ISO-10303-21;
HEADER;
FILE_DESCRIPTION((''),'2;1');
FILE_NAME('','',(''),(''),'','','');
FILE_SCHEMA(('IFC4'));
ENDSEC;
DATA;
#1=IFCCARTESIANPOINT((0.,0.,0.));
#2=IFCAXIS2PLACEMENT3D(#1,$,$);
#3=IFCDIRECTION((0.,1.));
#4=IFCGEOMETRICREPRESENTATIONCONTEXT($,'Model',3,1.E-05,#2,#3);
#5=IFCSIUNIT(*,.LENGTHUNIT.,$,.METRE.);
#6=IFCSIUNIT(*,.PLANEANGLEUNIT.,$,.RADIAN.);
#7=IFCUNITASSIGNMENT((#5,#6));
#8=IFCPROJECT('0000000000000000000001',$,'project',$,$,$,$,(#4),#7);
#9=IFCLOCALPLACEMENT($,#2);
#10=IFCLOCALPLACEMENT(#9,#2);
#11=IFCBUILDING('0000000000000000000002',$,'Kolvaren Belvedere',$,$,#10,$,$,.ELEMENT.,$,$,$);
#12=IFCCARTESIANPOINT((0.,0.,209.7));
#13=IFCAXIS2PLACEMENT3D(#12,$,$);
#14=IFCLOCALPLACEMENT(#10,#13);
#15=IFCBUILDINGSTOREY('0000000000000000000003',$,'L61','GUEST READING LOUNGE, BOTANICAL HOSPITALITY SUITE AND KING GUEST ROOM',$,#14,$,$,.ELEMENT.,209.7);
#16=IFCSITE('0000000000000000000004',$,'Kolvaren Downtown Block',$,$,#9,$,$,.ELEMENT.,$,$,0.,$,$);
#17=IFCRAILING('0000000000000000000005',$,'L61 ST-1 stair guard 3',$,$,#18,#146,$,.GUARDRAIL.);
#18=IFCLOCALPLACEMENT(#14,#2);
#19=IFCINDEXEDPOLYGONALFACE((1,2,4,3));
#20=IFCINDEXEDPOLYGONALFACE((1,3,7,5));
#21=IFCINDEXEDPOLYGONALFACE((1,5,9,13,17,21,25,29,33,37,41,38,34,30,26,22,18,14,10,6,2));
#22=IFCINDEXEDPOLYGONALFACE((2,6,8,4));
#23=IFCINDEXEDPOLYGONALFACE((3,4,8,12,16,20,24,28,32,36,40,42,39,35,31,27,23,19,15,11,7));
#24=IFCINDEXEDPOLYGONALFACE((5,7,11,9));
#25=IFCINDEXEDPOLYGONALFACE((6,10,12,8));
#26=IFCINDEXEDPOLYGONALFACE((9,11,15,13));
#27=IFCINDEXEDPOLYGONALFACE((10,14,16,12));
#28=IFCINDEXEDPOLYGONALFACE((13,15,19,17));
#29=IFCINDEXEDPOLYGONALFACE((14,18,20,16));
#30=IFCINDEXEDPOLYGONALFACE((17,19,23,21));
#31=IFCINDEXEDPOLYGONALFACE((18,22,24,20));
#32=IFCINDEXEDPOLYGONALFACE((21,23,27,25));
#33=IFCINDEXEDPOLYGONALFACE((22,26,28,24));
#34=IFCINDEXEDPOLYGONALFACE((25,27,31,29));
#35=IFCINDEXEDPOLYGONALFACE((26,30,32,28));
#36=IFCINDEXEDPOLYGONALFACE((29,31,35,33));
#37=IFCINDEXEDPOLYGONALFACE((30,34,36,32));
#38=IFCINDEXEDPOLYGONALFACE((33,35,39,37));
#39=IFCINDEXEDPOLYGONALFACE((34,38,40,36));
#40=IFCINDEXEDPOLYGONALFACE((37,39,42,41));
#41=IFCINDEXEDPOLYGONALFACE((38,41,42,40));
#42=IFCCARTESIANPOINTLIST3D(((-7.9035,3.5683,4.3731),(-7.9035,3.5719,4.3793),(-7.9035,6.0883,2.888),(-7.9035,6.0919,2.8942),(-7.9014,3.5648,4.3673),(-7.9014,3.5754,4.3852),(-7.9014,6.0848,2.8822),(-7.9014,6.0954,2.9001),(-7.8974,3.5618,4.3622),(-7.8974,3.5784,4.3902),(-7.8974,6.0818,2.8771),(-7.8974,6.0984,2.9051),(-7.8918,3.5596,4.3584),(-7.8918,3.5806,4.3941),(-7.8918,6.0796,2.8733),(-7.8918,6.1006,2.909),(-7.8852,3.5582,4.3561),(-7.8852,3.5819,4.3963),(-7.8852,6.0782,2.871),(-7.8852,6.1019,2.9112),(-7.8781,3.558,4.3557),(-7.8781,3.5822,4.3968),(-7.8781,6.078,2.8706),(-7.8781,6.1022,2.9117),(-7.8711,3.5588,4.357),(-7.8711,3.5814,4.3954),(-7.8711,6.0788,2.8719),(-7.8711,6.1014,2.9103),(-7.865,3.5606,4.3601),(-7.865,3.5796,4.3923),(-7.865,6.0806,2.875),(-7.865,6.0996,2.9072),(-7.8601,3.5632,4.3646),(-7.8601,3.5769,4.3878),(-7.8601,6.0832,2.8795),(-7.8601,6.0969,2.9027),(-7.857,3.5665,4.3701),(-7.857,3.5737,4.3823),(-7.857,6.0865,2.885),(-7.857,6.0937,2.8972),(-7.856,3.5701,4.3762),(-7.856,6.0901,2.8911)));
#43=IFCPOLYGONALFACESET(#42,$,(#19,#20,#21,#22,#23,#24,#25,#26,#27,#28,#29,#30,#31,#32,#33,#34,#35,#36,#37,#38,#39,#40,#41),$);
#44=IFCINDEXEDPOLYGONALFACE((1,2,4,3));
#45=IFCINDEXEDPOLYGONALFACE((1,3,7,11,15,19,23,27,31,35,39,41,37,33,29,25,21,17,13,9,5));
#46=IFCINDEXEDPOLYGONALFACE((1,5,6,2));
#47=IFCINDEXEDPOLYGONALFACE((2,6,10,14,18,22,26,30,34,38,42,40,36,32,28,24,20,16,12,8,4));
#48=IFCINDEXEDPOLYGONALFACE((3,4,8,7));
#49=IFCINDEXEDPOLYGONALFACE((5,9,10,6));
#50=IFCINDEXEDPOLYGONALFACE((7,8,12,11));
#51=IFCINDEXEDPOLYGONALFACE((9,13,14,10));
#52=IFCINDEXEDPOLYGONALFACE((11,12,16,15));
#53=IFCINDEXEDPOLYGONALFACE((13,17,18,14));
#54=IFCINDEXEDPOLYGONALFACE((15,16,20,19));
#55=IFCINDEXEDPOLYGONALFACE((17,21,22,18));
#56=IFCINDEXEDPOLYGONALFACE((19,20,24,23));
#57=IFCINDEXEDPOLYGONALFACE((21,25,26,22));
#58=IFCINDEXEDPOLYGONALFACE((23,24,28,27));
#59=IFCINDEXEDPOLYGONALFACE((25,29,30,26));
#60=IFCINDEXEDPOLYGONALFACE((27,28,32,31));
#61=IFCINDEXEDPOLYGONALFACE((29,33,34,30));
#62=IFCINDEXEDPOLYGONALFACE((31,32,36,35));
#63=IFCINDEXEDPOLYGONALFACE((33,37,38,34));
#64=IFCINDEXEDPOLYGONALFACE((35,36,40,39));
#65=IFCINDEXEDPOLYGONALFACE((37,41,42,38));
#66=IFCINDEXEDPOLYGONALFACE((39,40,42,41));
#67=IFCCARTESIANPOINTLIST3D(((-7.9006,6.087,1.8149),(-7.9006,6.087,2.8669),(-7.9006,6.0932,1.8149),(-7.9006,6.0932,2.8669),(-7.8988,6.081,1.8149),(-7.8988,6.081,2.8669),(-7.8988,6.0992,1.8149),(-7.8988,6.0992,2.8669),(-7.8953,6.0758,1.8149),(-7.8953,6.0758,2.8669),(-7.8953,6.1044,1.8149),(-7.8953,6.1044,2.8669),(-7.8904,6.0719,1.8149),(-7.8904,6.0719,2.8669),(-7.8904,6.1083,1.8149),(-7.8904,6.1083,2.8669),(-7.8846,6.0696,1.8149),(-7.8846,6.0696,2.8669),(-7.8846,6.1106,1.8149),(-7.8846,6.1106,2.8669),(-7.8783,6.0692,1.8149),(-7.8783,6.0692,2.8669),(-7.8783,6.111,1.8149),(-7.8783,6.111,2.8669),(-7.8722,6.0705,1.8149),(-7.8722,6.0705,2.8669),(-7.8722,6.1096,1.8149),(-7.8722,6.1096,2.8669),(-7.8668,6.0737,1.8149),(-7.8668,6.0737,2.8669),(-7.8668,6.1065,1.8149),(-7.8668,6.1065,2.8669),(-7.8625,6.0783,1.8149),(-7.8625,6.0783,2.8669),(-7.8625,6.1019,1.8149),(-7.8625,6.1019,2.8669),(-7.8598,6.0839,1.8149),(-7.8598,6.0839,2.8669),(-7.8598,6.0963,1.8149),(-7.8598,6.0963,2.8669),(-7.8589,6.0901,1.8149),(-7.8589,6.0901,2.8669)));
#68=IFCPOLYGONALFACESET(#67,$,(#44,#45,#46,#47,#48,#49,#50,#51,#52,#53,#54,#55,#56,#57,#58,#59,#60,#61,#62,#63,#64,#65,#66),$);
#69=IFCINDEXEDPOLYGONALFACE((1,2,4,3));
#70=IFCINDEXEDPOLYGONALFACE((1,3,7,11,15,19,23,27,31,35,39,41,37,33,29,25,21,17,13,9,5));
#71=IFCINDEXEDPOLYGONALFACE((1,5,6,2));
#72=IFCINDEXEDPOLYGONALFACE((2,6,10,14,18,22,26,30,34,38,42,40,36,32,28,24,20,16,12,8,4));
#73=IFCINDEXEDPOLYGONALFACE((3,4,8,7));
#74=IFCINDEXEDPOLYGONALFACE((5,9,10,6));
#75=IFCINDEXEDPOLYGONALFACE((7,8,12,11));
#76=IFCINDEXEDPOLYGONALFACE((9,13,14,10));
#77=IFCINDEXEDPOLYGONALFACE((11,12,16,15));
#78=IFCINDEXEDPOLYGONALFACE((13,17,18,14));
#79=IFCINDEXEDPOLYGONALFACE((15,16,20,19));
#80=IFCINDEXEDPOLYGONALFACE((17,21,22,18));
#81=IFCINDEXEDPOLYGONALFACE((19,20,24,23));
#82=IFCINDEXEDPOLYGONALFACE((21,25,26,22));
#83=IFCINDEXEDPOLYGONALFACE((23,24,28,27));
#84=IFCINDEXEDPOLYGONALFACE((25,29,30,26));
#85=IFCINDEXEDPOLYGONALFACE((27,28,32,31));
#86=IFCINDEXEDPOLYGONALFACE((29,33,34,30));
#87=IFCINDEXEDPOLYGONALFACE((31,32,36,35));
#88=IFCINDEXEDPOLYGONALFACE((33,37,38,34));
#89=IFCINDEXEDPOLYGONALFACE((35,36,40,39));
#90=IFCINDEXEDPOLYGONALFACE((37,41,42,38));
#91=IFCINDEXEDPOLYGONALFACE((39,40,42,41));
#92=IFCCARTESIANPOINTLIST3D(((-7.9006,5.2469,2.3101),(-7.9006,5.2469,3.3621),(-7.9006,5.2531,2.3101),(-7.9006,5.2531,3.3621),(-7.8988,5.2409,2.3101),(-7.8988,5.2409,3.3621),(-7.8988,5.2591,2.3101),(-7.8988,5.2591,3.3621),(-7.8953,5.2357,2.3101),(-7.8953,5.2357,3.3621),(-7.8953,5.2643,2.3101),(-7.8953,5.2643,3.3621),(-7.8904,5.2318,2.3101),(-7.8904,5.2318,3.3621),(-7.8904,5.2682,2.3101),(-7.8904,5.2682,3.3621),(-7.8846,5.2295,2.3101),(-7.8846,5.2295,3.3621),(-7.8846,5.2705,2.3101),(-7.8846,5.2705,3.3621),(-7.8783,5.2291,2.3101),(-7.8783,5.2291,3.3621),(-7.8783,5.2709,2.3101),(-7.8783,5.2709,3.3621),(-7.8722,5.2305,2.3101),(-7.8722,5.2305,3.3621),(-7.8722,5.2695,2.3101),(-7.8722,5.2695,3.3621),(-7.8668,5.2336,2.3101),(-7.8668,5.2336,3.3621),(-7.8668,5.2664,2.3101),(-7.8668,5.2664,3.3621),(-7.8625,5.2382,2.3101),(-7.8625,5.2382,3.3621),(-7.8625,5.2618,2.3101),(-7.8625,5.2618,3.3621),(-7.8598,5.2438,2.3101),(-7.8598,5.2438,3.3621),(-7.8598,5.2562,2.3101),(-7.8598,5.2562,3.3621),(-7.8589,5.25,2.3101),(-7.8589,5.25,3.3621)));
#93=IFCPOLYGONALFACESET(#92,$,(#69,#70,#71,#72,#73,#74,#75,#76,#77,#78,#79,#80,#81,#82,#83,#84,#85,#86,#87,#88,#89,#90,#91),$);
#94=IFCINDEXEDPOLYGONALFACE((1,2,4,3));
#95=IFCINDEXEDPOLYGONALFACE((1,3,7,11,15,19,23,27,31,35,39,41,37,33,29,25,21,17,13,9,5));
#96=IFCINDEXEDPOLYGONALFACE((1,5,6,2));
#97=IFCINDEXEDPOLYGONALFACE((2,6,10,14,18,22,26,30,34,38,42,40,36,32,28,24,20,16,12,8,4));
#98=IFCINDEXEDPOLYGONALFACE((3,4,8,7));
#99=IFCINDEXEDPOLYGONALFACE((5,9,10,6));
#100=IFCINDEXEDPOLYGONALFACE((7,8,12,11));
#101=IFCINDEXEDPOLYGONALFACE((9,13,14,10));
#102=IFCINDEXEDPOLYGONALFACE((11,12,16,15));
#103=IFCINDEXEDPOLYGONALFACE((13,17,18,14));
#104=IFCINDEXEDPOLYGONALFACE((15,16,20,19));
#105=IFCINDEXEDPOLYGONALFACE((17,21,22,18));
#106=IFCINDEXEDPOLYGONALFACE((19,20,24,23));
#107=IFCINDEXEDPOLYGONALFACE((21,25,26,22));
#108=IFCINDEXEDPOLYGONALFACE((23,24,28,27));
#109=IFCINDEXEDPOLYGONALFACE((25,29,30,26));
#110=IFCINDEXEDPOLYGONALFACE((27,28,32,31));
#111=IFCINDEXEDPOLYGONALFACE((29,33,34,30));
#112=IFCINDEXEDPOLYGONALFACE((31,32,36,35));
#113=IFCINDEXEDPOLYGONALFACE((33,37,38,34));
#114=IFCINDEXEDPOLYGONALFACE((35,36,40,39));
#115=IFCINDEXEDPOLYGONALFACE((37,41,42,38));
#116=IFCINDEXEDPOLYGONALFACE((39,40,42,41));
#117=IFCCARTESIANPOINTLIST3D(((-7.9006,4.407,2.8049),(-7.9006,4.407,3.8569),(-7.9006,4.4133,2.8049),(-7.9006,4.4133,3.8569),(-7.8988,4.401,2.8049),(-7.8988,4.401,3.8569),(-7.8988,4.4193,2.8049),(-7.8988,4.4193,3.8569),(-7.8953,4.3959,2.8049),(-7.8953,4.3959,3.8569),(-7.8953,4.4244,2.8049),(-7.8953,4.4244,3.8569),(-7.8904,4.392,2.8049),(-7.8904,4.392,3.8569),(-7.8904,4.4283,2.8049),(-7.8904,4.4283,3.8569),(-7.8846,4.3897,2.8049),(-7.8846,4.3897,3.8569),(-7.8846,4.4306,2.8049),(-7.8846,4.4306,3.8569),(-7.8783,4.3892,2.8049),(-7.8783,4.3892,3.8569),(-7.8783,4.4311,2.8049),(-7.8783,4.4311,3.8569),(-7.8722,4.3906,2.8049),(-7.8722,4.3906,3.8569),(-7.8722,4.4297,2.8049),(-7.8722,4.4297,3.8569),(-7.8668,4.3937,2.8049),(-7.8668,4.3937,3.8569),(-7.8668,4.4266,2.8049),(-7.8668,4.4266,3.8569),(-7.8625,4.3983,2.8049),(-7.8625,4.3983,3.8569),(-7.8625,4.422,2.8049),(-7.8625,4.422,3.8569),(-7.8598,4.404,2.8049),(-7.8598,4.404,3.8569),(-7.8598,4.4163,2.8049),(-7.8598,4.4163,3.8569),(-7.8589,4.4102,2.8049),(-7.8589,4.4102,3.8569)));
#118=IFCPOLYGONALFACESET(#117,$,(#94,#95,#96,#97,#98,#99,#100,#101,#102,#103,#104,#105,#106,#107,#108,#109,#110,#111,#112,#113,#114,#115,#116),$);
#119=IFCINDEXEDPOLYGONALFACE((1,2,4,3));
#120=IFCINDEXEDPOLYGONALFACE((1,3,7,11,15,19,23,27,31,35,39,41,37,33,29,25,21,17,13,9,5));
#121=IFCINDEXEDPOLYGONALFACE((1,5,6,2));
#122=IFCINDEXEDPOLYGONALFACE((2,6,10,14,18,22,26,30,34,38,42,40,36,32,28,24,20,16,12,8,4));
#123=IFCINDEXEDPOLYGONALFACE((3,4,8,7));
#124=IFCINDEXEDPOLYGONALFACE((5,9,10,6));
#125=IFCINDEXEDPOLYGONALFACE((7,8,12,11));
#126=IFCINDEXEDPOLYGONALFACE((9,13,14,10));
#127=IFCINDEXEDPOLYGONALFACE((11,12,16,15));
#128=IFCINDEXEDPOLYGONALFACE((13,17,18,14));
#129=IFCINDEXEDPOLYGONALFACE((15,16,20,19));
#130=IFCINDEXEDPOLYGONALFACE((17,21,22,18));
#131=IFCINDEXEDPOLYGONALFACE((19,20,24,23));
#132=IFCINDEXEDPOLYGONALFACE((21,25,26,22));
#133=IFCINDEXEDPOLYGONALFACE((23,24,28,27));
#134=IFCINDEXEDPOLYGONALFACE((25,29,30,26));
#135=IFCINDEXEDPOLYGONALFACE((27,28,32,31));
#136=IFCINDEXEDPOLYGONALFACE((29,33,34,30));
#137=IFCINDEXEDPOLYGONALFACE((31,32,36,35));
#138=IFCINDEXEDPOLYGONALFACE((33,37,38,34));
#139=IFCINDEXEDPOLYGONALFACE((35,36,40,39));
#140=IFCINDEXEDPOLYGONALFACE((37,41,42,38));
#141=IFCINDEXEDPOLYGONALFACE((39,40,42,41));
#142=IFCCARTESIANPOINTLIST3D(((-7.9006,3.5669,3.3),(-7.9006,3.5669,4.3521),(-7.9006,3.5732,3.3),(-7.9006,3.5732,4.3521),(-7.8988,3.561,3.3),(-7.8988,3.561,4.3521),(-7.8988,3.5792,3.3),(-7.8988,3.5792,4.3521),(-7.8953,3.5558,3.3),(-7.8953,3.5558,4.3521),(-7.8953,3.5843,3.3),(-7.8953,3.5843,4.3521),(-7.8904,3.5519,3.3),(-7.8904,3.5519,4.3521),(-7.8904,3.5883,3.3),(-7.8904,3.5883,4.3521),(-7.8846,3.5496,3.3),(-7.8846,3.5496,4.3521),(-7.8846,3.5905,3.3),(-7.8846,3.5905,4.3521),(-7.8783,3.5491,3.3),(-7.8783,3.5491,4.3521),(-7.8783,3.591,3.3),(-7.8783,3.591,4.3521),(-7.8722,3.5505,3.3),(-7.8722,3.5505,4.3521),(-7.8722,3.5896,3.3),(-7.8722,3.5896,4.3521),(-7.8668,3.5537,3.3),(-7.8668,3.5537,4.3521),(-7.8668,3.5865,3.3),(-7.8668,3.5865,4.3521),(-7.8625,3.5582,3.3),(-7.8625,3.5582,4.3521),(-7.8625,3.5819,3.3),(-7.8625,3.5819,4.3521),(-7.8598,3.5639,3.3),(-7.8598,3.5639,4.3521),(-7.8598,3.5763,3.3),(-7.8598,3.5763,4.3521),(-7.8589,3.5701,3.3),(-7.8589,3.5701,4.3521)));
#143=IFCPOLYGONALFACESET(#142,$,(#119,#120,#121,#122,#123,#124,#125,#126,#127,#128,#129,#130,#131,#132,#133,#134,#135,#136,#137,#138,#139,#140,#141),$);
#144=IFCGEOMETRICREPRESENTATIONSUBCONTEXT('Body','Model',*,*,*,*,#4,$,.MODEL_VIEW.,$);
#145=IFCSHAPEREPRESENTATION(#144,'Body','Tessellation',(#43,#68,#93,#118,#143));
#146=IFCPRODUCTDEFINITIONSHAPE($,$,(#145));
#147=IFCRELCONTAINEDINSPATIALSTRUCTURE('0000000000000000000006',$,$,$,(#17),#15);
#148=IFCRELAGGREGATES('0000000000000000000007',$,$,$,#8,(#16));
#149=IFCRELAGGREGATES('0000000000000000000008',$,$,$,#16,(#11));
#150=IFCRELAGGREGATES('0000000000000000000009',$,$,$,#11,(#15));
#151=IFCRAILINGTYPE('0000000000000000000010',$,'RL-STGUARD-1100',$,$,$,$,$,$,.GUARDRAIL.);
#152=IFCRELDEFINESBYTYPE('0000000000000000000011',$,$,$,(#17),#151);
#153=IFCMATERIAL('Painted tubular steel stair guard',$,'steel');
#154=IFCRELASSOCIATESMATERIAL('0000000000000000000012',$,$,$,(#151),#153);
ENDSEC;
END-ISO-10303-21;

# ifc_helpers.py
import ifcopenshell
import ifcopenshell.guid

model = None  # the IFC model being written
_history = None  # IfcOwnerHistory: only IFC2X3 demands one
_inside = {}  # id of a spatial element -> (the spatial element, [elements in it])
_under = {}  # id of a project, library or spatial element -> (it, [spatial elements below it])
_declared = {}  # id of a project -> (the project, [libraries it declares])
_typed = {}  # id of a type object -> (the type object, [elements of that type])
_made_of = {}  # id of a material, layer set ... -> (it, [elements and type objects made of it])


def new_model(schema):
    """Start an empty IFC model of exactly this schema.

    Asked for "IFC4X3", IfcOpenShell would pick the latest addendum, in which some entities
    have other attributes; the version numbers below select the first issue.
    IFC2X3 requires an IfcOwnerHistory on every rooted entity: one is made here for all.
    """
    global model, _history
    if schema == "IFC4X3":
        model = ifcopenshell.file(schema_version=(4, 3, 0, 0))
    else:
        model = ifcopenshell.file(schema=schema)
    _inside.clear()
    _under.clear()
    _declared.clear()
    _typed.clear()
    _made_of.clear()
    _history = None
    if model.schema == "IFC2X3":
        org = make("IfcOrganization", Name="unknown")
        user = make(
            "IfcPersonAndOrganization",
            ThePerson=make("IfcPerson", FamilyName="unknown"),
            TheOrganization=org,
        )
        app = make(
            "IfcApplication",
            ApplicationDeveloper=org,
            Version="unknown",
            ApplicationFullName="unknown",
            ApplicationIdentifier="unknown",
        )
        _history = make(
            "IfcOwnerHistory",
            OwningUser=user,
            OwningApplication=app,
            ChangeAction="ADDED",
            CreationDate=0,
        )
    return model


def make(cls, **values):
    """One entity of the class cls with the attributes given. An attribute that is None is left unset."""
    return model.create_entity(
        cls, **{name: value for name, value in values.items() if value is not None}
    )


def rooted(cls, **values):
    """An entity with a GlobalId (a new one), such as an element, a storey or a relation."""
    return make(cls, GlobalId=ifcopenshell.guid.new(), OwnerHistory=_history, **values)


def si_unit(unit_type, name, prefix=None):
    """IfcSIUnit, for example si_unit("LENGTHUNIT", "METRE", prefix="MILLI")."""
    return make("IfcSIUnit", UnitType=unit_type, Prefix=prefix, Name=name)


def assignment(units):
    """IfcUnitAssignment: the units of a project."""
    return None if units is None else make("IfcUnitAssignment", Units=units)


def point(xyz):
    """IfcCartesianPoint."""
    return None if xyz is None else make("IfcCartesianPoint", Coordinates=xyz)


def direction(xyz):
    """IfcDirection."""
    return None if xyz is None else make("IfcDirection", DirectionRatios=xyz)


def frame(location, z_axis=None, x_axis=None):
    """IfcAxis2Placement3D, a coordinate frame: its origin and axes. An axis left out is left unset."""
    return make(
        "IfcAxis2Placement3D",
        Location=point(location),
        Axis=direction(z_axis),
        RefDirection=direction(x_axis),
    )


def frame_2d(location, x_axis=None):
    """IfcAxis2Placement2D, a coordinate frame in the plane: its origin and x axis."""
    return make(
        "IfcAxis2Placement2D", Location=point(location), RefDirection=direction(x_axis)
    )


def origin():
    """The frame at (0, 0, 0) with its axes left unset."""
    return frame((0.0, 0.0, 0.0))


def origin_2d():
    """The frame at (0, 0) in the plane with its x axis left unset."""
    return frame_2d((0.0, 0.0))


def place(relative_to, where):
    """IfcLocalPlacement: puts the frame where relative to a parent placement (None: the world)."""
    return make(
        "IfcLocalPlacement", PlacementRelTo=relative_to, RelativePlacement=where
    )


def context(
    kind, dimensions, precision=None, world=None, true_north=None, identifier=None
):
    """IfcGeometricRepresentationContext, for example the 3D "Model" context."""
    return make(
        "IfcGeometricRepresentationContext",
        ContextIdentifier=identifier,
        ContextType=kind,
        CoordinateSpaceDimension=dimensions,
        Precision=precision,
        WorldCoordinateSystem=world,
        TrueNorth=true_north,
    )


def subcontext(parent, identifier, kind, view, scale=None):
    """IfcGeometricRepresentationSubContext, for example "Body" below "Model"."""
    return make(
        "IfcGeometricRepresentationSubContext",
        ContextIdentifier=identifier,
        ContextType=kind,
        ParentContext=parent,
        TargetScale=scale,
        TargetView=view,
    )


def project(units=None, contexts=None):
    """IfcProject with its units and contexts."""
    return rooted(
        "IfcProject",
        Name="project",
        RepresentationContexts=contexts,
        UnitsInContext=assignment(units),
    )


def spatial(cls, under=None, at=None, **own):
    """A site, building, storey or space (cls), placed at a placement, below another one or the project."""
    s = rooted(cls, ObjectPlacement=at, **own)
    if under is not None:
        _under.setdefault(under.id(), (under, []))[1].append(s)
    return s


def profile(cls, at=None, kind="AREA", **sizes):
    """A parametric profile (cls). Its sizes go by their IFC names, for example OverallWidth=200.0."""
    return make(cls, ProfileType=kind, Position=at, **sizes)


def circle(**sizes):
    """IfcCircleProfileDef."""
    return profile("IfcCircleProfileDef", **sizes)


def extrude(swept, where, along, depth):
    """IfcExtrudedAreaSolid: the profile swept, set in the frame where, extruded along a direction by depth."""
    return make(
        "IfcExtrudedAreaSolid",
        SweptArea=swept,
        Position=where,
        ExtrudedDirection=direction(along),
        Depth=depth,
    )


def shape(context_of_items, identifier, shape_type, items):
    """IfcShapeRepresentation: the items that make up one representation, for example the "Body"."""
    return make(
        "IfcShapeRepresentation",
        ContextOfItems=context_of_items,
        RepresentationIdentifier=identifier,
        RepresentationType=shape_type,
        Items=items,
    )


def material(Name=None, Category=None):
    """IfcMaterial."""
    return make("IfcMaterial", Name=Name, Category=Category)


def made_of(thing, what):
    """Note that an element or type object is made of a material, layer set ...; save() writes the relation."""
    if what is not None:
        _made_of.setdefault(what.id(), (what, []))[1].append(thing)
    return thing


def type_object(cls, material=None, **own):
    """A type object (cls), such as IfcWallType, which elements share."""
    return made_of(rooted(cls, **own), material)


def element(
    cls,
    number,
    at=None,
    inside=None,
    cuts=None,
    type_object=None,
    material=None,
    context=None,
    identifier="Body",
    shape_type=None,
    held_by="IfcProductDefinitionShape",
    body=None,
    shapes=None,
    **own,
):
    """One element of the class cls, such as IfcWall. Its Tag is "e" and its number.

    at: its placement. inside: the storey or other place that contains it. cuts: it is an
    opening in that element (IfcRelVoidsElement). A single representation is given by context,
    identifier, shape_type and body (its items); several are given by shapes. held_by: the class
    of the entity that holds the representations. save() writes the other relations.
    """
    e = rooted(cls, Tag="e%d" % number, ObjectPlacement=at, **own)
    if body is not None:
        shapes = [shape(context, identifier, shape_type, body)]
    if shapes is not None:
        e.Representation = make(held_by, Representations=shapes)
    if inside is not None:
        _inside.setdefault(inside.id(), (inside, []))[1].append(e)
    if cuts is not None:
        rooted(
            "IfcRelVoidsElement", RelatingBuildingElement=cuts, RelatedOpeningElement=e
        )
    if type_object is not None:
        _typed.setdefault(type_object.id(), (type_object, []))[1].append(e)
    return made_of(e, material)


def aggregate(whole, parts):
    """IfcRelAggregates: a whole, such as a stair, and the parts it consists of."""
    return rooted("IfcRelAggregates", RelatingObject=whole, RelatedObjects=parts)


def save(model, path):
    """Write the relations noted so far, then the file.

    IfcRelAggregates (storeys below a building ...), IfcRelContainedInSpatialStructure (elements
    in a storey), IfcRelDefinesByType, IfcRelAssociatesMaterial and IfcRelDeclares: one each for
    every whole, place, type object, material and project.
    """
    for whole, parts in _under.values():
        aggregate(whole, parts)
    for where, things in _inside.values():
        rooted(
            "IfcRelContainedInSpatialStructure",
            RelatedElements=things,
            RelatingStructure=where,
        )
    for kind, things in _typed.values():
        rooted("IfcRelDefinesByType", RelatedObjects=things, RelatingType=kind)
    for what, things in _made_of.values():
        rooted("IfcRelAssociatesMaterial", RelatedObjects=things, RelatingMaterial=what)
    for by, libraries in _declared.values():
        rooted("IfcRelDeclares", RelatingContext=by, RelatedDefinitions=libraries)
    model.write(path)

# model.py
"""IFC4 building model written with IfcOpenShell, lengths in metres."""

from ifc_helpers import new_model, si_unit, direction, frame, origin, origin_2d, place, context, subcontext, project, spatial, circle, extrude, material, type_object, element, save


model = new_model("IFC4")

# Units and contexts
model_context = context("Model", 3, precision=1e-05, world=origin(), true_north=direction((0.0, 1.0)))
body_context = subcontext(model_context, "Body", "Model", "MODEL_VIEW")
ifc_project = project(units=[si_unit("LENGTHUNIT", "METRE"), si_unit("PLANEANGLEUNIT", "RADIAN")], contexts=[model_context])

# Site, building, storey
site_placement = place(None, origin())
site = spatial("IfcSite", under=ifc_project, at=site_placement, Name="Kolvaren Downtown Block", CompositionType="ELEMENT", RefElevation=0.0)
building_placement = place(site_placement, origin())
building = spatial("IfcBuilding", under=site, at=building_placement, Name="Kolvaren Belvedere", CompositionType="ELEMENT")
storey_placement = place(building_placement, frame((0.0, 0.0, 209.7)))
storey = spatial("IfcBuildingStorey", under=building, at=storey_placement, Name="L61", Description="GUEST READING LOUNGE, BOTANICAL HOSPITALITY SUITE AND KING GUEST ROOM", CompositionType="ELEMENT", Elevation=209.7)

# Railing
ifc_material_1 = material(Name="Painted tubular steel stair guard", Category="steel")
railing_type_1 = type_object("IfcRailingType", Name="RL-STGUARD-1100", PredefinedType="GUARDRAIL", material=ifc_material_1)
railing_1_placement = place(storey_placement, frame((-7.8799, 6.0901, 1.8149)))
element("IfcRailing", 1, at=railing_1_placement, inside=storey, type_object=railing_type_1, Name="L61 ST-1 stair guard 3", PredefinedType="GUARDRAIL", context=body_context, shape_type="SweptSolid", body=[
    extrude(circle(Radius=0.0239, at=origin_2d()), frame((0.0, 0.0, 1.0762), z_axis=(0.0, -0.861524, 0.507717), x_axis=(1.0, 0.0, 0.0)), (0.0, 0.0, 1.0), 2.925),
    extrude(circle(Radius=0.021, at=origin_2d()), origin(), (0.0, 0.0, 1.0), 1.052),
    extrude(circle(Radius=0.021, at=origin_2d()), frame((0.0, -0.8401, 0.4951)), (0.0, 0.0, 1.0), 1.052),
    extrude(circle(Radius=0.021, at=origin_2d()), frame((0.0, -1.6799, 0.99)), (0.0, 0.0, 1.0), 1.052),
    extrude(circle(Radius=0.021, at=origin_2d()), frame((0.0, -2.52, 1.4851)), (0.0, 0.0, 1.0), 1.052),
])

save(model, "model.ifc")
